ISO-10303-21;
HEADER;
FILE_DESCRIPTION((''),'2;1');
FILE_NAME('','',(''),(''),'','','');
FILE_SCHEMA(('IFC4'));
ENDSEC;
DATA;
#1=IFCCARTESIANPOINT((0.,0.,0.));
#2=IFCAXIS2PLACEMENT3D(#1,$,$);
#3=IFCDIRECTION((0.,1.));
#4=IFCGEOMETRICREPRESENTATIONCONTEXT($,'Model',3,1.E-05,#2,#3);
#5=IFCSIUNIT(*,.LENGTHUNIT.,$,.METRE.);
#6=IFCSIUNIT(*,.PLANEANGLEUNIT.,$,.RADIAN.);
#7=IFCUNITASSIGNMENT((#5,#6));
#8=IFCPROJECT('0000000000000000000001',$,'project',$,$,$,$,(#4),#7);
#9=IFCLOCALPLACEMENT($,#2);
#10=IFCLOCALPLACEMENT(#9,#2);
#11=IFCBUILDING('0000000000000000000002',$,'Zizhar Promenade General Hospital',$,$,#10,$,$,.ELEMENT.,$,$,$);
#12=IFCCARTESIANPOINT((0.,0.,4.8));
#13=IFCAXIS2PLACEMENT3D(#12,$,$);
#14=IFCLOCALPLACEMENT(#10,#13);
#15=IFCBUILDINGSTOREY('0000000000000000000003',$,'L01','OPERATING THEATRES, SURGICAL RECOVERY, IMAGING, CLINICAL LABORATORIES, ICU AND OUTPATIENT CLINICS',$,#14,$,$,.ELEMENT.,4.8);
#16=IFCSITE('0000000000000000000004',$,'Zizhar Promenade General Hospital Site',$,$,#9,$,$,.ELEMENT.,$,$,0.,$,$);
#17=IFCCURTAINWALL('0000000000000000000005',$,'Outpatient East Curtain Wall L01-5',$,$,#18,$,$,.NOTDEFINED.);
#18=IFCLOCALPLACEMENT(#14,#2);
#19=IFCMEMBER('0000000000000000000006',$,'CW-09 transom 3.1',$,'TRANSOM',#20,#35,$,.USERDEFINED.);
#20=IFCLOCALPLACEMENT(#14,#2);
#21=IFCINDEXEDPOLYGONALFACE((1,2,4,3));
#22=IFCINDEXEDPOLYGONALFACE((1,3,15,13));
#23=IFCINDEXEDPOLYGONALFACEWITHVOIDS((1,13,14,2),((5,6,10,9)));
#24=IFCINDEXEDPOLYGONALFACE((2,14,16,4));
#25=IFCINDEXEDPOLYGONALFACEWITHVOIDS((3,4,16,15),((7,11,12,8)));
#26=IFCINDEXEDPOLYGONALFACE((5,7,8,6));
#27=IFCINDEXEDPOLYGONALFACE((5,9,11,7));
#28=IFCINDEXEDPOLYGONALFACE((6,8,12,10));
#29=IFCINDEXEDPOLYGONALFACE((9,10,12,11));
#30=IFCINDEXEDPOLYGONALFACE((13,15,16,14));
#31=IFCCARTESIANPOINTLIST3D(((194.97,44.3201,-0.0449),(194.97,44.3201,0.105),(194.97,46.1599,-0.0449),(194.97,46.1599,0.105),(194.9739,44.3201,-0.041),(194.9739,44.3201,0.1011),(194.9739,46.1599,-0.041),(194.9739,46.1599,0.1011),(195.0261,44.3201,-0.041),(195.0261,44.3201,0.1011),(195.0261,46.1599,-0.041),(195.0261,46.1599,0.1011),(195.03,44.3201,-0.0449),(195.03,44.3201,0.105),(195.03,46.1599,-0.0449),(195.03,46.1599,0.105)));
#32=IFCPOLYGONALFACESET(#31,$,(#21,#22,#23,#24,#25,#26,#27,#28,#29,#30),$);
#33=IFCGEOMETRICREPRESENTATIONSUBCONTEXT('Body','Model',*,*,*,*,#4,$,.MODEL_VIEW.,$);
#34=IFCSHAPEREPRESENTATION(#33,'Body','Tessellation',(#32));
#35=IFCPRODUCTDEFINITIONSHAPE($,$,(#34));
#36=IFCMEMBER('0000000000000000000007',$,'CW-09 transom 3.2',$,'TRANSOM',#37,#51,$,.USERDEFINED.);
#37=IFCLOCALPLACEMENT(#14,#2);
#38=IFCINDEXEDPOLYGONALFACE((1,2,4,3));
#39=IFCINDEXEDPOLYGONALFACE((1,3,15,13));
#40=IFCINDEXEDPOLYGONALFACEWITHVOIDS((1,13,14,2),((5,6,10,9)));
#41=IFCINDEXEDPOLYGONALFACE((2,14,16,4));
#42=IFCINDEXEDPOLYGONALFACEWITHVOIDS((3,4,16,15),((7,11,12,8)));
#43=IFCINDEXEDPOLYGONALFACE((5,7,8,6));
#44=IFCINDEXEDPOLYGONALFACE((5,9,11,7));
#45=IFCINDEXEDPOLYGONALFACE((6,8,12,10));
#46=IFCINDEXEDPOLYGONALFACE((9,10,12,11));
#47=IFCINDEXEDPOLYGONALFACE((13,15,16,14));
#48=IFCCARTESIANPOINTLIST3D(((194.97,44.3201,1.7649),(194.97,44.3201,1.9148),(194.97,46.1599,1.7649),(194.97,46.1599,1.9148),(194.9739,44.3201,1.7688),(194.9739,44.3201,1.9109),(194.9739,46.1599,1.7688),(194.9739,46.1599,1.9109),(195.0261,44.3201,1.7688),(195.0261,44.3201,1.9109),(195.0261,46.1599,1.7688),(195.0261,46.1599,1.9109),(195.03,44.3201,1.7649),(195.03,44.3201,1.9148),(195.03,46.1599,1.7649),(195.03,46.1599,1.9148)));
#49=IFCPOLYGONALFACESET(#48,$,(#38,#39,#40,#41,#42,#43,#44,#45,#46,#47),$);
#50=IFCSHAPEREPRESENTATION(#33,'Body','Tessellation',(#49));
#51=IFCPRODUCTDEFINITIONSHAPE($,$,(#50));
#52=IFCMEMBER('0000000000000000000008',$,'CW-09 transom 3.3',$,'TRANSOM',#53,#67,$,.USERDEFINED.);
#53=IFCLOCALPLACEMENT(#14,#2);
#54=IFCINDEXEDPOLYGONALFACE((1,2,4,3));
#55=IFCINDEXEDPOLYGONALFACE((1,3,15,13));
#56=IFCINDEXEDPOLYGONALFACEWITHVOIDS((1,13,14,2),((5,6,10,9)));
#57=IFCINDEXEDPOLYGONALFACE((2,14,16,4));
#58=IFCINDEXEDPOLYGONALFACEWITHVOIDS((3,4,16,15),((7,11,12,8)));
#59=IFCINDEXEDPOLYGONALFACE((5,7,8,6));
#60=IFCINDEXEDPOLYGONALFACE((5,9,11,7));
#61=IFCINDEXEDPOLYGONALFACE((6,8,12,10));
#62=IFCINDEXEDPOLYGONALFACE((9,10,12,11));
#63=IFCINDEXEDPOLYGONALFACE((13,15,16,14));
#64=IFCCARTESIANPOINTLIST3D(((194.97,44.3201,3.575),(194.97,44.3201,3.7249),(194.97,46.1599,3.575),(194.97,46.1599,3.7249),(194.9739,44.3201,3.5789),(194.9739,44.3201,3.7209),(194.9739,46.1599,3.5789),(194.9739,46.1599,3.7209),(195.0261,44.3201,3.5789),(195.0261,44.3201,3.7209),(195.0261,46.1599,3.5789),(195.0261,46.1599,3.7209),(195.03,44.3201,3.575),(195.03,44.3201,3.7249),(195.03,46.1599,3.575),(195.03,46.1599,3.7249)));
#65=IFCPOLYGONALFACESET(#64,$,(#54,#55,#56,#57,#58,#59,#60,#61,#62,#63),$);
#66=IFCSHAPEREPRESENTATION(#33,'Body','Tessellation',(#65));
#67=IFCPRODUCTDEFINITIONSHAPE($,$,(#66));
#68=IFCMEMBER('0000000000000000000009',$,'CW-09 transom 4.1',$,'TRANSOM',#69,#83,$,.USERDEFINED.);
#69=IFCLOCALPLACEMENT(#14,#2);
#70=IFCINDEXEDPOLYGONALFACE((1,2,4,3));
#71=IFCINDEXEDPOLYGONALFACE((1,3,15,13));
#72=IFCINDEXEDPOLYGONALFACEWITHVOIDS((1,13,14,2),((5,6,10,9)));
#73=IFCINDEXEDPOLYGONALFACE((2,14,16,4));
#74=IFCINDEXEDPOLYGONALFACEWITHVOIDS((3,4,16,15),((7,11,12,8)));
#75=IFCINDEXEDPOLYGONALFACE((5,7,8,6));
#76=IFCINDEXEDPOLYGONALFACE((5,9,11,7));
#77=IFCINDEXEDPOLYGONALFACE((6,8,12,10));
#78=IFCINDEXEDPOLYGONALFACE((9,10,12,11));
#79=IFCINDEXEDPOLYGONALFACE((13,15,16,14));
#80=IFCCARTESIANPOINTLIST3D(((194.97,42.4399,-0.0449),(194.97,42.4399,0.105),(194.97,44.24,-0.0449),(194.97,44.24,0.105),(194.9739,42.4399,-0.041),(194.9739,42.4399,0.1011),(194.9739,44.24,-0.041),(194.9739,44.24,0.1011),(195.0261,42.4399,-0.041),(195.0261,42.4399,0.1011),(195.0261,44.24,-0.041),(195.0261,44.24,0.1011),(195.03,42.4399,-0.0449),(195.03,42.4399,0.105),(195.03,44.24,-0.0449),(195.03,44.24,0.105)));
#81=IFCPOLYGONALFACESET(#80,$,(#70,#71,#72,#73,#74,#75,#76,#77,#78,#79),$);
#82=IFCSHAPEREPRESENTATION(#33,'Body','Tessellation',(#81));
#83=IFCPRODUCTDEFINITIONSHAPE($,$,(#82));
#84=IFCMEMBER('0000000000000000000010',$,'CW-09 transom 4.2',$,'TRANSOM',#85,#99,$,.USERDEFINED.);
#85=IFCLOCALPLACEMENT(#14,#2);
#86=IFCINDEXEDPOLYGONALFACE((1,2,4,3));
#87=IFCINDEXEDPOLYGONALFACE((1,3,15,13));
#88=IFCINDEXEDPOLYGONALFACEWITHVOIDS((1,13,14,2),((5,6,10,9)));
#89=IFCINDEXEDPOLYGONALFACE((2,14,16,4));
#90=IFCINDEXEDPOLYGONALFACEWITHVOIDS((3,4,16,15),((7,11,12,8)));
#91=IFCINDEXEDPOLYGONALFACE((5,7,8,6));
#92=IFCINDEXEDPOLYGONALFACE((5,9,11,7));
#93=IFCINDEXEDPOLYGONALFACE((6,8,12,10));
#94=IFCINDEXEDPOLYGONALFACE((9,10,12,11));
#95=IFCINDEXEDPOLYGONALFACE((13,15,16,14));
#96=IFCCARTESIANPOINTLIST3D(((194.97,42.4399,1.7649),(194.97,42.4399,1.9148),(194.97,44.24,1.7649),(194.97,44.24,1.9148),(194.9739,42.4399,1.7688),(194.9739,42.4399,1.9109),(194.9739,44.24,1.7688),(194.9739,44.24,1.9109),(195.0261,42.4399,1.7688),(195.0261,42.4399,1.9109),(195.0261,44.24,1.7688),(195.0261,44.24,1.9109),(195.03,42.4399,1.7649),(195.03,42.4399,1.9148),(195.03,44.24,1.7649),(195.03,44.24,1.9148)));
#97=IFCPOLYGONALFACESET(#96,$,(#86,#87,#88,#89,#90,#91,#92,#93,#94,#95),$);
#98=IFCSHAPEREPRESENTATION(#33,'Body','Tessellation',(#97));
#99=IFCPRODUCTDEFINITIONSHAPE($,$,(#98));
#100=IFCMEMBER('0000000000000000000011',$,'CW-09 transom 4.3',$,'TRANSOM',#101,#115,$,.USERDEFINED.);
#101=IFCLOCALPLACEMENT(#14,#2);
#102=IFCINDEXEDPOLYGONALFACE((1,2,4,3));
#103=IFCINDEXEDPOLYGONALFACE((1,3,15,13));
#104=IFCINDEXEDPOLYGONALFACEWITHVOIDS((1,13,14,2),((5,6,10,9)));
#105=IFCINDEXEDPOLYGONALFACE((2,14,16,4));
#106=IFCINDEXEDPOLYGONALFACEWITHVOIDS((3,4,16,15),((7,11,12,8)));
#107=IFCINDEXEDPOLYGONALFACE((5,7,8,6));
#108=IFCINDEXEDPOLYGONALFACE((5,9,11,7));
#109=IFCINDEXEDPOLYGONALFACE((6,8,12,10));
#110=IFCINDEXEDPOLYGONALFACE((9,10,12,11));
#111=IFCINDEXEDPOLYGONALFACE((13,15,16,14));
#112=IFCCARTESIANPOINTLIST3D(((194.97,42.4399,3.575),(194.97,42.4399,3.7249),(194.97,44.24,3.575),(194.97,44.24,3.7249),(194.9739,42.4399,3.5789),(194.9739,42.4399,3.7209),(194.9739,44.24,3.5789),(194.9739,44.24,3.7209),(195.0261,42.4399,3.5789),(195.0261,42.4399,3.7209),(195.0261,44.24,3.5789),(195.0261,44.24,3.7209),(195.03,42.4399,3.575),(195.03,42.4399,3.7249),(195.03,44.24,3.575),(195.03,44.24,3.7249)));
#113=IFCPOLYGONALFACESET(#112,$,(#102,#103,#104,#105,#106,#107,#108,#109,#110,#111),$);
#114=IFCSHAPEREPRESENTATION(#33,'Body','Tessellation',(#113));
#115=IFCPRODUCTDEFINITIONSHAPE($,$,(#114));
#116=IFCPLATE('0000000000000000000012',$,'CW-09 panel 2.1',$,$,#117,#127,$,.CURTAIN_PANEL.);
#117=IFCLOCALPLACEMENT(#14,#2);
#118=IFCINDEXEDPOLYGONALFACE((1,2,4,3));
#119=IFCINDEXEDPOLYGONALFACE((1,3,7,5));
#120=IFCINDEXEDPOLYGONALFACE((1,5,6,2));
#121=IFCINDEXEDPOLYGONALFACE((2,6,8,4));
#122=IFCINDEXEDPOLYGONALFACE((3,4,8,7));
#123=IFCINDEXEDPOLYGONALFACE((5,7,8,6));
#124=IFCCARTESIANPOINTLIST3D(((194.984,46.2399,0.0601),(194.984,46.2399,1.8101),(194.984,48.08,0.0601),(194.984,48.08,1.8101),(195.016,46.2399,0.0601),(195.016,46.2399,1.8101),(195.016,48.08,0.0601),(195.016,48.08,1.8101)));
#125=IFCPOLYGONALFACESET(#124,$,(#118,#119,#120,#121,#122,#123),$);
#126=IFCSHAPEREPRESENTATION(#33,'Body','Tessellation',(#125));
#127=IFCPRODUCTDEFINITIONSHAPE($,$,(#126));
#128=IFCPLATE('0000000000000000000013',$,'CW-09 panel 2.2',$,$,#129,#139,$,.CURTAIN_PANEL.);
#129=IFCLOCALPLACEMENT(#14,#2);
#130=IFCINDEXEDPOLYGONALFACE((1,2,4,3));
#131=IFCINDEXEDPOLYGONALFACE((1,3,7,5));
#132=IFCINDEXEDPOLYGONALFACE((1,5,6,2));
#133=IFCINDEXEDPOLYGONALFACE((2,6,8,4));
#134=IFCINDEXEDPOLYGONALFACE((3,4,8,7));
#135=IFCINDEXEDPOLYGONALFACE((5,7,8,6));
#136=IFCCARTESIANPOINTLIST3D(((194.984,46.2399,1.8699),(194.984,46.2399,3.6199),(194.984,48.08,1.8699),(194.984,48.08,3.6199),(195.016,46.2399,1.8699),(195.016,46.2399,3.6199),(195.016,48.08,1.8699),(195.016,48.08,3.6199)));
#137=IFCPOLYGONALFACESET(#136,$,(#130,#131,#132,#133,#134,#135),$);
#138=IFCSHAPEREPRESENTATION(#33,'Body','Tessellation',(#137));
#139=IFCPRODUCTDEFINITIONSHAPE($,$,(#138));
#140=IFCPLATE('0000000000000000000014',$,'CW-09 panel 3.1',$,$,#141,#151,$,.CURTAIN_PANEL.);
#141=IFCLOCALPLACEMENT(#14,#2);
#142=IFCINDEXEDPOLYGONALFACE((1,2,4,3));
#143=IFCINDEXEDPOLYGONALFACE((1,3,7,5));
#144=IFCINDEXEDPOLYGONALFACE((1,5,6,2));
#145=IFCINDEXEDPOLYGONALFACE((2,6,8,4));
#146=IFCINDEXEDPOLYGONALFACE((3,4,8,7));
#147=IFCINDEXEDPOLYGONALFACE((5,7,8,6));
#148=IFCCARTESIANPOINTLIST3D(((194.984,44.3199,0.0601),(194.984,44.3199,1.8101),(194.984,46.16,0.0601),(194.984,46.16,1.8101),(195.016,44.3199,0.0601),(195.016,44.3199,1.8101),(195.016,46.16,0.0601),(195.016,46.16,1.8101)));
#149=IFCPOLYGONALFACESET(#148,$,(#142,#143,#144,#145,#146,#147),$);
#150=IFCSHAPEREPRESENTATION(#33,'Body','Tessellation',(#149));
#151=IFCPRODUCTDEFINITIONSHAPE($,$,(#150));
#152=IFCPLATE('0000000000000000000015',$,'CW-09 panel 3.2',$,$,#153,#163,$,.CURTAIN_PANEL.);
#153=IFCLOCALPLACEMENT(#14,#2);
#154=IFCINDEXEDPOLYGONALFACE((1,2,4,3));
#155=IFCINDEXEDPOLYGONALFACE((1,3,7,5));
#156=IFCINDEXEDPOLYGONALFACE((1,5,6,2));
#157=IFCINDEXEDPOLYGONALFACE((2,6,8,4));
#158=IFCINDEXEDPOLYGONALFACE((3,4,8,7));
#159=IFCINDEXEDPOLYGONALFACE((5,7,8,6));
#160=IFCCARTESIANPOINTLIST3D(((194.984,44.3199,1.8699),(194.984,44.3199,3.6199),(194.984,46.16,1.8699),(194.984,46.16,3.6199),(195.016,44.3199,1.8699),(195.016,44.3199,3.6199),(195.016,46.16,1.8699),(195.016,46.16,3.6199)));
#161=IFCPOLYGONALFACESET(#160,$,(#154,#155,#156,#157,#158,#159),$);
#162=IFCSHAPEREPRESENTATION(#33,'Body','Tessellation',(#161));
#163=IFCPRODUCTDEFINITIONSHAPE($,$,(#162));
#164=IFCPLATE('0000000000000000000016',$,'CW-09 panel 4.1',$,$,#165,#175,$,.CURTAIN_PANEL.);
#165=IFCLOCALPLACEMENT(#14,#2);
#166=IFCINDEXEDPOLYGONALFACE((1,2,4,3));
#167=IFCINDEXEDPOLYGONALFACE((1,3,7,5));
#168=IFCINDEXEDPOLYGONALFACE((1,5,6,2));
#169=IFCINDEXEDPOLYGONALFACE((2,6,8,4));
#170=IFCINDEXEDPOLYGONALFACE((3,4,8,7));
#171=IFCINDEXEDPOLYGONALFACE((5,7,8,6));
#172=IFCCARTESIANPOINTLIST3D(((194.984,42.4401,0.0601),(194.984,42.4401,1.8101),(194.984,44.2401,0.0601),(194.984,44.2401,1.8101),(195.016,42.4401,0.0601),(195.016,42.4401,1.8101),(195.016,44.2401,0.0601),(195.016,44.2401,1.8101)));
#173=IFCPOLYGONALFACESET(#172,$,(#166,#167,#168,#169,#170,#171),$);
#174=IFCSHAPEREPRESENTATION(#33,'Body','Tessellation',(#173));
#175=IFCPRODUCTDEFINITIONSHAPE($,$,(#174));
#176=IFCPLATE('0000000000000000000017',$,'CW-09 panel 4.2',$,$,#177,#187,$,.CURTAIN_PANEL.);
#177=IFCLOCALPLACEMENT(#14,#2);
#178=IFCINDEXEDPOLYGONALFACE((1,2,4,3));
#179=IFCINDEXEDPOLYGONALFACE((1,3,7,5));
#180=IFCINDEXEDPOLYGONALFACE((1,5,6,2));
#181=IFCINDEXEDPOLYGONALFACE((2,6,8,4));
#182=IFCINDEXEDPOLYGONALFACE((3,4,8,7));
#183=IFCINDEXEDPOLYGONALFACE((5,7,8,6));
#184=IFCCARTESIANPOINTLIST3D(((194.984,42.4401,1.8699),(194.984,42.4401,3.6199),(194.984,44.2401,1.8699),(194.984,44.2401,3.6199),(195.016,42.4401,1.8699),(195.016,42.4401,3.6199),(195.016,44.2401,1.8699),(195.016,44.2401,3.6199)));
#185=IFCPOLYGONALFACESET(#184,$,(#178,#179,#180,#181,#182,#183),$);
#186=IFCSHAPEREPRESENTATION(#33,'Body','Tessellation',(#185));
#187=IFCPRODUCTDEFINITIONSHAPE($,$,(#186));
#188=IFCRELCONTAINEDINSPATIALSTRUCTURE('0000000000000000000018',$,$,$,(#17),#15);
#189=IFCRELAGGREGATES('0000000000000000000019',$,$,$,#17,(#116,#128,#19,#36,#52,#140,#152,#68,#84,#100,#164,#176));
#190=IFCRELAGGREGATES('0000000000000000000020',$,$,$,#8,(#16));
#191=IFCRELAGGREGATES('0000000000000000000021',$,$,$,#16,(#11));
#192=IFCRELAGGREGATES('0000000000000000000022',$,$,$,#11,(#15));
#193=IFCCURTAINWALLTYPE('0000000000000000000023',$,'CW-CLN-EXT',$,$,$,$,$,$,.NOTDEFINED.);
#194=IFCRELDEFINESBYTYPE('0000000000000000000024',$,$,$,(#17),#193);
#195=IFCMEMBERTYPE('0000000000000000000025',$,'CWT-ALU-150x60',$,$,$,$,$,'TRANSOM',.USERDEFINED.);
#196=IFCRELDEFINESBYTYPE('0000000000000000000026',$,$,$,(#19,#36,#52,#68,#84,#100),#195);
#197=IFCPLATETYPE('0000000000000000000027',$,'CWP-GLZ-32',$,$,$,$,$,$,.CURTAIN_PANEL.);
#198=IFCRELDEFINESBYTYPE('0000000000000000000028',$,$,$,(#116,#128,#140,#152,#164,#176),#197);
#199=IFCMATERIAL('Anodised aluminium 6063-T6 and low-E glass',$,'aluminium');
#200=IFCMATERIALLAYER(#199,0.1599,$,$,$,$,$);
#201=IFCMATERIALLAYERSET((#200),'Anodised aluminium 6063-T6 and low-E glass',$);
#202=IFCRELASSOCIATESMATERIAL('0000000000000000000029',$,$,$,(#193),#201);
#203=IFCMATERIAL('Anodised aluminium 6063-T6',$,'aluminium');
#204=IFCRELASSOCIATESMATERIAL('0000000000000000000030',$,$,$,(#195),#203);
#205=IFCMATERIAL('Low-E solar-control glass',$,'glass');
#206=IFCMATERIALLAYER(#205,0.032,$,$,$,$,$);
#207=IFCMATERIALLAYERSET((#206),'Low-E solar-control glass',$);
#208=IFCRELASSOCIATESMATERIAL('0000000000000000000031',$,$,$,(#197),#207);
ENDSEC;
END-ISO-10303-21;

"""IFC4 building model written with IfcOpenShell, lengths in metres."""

from ifc_helpers import new_model, si_unit, direction, frame, origin, origin_2d, place, context, subcontext, project, spatial, rectangle, hollow_rectangle, extrude, material, layer, layer_set, material_profile, profile_set, type_object, element, aggregate, save


model = new_model("IFC4")

# Units and contexts
model_context = context("Model", 3, precision=1e-05, world=origin(), true_north=direction((0.0, 1.0)))
body_context = subcontext(model_context, "Body", "Model", "MODEL_VIEW")
ifc_project = project(units=[si_unit("LENGTHUNIT", "METRE"), si_unit("PLANEANGLEUNIT", "RADIAN")], contexts=[model_context])

# Site, building, storey
site_placement = place(None, origin())
site = spatial("IfcSite", under=ifc_project, at=site_placement, Name="Zizhar Promenade General Hospital Site", CompositionType="ELEMENT", RefElevation=0.0)
building_placement = place(site_placement, origin())
building = spatial("IfcBuilding", under=site, at=building_placement, Name="Zizhar Promenade General Hospital", CompositionType="ELEMENT")
storey_placement = place(building_placement, frame((0.0, 0.0, 4.8)))
storey = spatial("IfcBuildingStorey", under=building, at=storey_placement, Name="L01", Description="OPERATING THEATRES, SURGICAL RECOVERY, IMAGING, CLINICAL LABORATORIES, ICU AND OUTPATIENT CLINICS", CompositionType="ELEMENT", Elevation=4.8)

# Curtain wall
ifc_material_1 = material(Name="Anodised aluminium 6063-T6 and low-E glass", Category="aluminium")
ifc_layer_1 = layer(ifc_material_1, 0.1599)
ifc_layer_set_1 = layer_set([ifc_layer_1], Name="Anodised aluminium 6063-T6 and low-E glass")
curtain_wall_type = type_object("IfcCurtainWallType", Name="CW-CLN-EXT", PredefinedType="NOTDEFINED", material=ifc_layer_set_1)
curtain_wall_1_placement = place(storey_placement, origin())
curtain_wall_1 = element("IfcCurtainWall", 1, at=curtain_wall_1_placement, inside=storey, type_object=curtain_wall_type, Name="Outpatient East Curtain Wall L01-5", PredefinedType="NOTDEFINED")

# Members
ifc_material_2 = material(Name="Anodised aluminium 6063-T6", Category="aluminium")
ifc_material_profile_1 = material_profile(ifc_material_2, hollow_rectangle(XDim=0.0601, YDim=0.1499, WallThickness=0.0039, at=origin_2d()))
ifc_profile_set_1 = profile_set([ifc_material_profile_1], Name="Anodised aluminium 6063-T6")
member_type_1 = type_object("IfcMemberType", Name="CWT-ALU-150x60", ElementType="TRANSOM", PredefinedType="USERDEFINED", material=ifc_profile_set_1)
member_1_placement = place(storey_placement, frame((195.0, 46.1599, 0.03), z_axis=(0.0, -1.0, 0.0), x_axis=(1.0, 0.0, 0.0)))
member_1 = element("IfcMember", 2, at=member_1_placement, type_object=member_type_1, Name="CW-09 transom 3.1", ObjectType="TRANSOM", PredefinedType="USERDEFINED", context=body_context, shape_type="SweptSolid", body=[
    extrude(hollow_rectangle(XDim=0.0601, YDim=0.1499, WallThickness=0.0039, at=origin_2d()), origin(), (0.0, 0.0, 1.0), 1.8398),
])
member_2_placement = place(storey_placement, frame((195.0, 46.1599, 1.8398), z_axis=(0.0, -1.0, 0.0), x_axis=(1.0, 0.0, 0.0)))
member_2 = element("IfcMember", 3, at=member_2_placement, type_object=member_type_1, Name="CW-09 transom 3.2", ObjectType="TRANSOM", PredefinedType="USERDEFINED", context=body_context, shape_type="SweptSolid", body=[
    extrude(hollow_rectangle(XDim=0.0601, YDim=0.1499, WallThickness=0.0039, at=origin_2d()), origin(), (0.0, 0.0, 1.0), 1.8398),
])
member_3_placement = place(storey_placement, frame((195.0, 46.1599, 3.6499), z_axis=(0.0, -1.0, 0.0), x_axis=(1.0, 0.0, 0.0)))
member_3 = element("IfcMember", 4, at=member_3_placement, type_object=member_type_1, Name="CW-09 transom 3.3", ObjectType="TRANSOM", PredefinedType="USERDEFINED", context=body_context, shape_type="SweptSolid", body=[
    extrude(hollow_rectangle(XDim=0.0601, YDim=0.1499, WallThickness=0.0039, at=origin_2d()), origin(), (0.0, 0.0, 1.0), 1.8398),
])
member_4_placement = place(storey_placement, frame((195.0, 44.24, 0.03), z_axis=(0.0, -1.0, 0.0), x_axis=(1.0, 0.0, 0.0)))
member_4 = element("IfcMember", 5, at=member_4_placement, type_object=member_type_1, Name="CW-09 transom 4.1", ObjectType="TRANSOM", PredefinedType="USERDEFINED", context=body_context, shape_type="SweptSolid", body=[
    extrude(hollow_rectangle(XDim=0.0601, YDim=0.1499, WallThickness=0.0039, at=origin_2d()), origin(), (0.0, 0.0, 1.0), 1.8),
])
member_5_placement = place(storey_placement, frame((195.0, 44.24, 1.8398), z_axis=(0.0, -1.0, 0.0), x_axis=(1.0, 0.0, 0.0)))
member_5 = element("IfcMember", 6, at=member_5_placement, type_object=member_type_1, Name="CW-09 transom 4.2", ObjectType="TRANSOM", PredefinedType="USERDEFINED", context=body_context, shape_type="SweptSolid", body=[
    extrude(hollow_rectangle(XDim=0.0601, YDim=0.1499, WallThickness=0.0039, at=origin_2d()), origin(), (0.0, 0.0, 1.0), 1.8),
])
member_6_placement = place(storey_placement, frame((195.0, 44.24, 3.6499), z_axis=(0.0, -1.0, 0.0), x_axis=(1.0, 0.0, 0.0)))
member_6 = element("IfcMember", 7, at=member_6_placement, type_object=member_type_1, Name="CW-09 transom 4.3", ObjectType="TRANSOM", PredefinedType="USERDEFINED", context=body_context, shape_type="SweptSolid", body=[
    extrude(hollow_rectangle(XDim=0.0601, YDim=0.1499, WallThickness=0.0039, at=origin_2d()), origin(), (0.0, 0.0, 1.0), 1.8),
])

# Plates
ifc_material_3 = material(Name="Low-E solar-control glass", Category="glass")
ifc_layer_2 = layer(ifc_material_3, 0.032)
ifc_layer_set_2 = layer_set([ifc_layer_2], Name="Low-E solar-control glass")
plate_type = type_object("IfcPlateType", Name="CWP-GLZ-32", PredefinedType="CURTAIN_PANEL", material=ifc_layer_set_2)
plate_1_placement = place(storey_placement, frame((195.0, 47.1599, 0.0601), z_axis=(0.0, 0.0, 1.0), x_axis=(0.0, -1.0, 0.0)))
plate_1 = element("IfcPlate", 8, at=plate_1_placement, type_object=plate_type, Name="CW-09 panel 2.1", PredefinedType="CURTAIN_PANEL", context=body_context, shape_type="SweptSolid", body=[
    extrude(rectangle(XDim=1.8401, YDim=0.032, at=origin_2d()), origin(), (0.0, 0.0, 1.0), 1.75),
])
plate_2_placement = place(storey_placement, frame((195.0, 47.1599, 1.8699), z_axis=(0.0, 0.0, 1.0), x_axis=(0.0, -1.0, 0.0)))
plate_2 = element("IfcPlate", 9, at=plate_2_placement, type_object=plate_type, Name="CW-09 panel 2.2", PredefinedType="CURTAIN_PANEL", context=body_context, shape_type="SweptSolid", body=[
    extrude(rectangle(XDim=1.8401, YDim=0.032, at=origin_2d()), origin(), (0.0, 0.0, 1.0), 1.75),
])
plate_3_placement = place(storey_placement, frame((195.0, 45.24, 0.0601), z_axis=(0.0, 0.0, 1.0), x_axis=(0.0, -1.0, 0.0)))
plate_3 = element("IfcPlate", 10, at=plate_3_placement, type_object=plate_type, Name="CW-09 panel 3.1", PredefinedType="CURTAIN_PANEL", context=body_context, shape_type="SweptSolid", body=[
    extrude(rectangle(XDim=1.8401, YDim=0.032, at=origin_2d()), origin(), (0.0, 0.0, 1.0), 1.75),
])
plate_4_placement = place(storey_placement, frame((195.0, 45.24, 1.8699), z_axis=(0.0, 0.0, 1.0), x_axis=(0.0, -1.0, 0.0)))
plate_4 = element("IfcPlate", 11, at=plate_4_placement, type_object=plate_type, Name="CW-09 panel 3.2", PredefinedType="CURTAIN_PANEL", context=body_context, shape_type="SweptSolid", body=[
    extrude(rectangle(XDim=1.8401, YDim=0.032, at=origin_2d()), origin(), (0.0, 0.0, 1.0), 1.75),
])
plate_5_placement = place(storey_placement, frame((195.0, 43.3401, 0.0601), z_axis=(0.0, 0.0, 1.0), x_axis=(0.0, -1.0, 0.0)))
plate_5 = element("IfcPlate", 12, at=plate_5_placement, type_object=plate_type, Name="CW-09 panel 4.1", PredefinedType="CURTAIN_PANEL", context=body_context, shape_type="SweptSolid", body=[
    extrude(rectangle(XDim=1.8, YDim=0.032, at=origin_2d()), origin(), (0.0, 0.0, 1.0), 1.75),
])
plate_6_placement = place(storey_placement, frame((195.0, 43.3401, 1.8699), z_axis=(0.0, 0.0, 1.0), x_axis=(0.0, -1.0, 0.0)))
plate_6 = element("IfcPlate", 13, at=plate_6_placement, type_object=plate_type, Name="CW-09 panel 4.2", PredefinedType="CURTAIN_PANEL", context=body_context, shape_type="SweptSolid", body=[
    extrude(rectangle(XDim=1.8, YDim=0.032, at=origin_2d()), origin(), (0.0, 0.0, 1.0), 1.75),
])
aggregate(curtain_wall_1, [plate_1, plate_2, member_1, member_2, member_3, plate_3, plate_4, member_4, member_5, member_6, plate_5, plate_6])

save(model, "model.ifc")
